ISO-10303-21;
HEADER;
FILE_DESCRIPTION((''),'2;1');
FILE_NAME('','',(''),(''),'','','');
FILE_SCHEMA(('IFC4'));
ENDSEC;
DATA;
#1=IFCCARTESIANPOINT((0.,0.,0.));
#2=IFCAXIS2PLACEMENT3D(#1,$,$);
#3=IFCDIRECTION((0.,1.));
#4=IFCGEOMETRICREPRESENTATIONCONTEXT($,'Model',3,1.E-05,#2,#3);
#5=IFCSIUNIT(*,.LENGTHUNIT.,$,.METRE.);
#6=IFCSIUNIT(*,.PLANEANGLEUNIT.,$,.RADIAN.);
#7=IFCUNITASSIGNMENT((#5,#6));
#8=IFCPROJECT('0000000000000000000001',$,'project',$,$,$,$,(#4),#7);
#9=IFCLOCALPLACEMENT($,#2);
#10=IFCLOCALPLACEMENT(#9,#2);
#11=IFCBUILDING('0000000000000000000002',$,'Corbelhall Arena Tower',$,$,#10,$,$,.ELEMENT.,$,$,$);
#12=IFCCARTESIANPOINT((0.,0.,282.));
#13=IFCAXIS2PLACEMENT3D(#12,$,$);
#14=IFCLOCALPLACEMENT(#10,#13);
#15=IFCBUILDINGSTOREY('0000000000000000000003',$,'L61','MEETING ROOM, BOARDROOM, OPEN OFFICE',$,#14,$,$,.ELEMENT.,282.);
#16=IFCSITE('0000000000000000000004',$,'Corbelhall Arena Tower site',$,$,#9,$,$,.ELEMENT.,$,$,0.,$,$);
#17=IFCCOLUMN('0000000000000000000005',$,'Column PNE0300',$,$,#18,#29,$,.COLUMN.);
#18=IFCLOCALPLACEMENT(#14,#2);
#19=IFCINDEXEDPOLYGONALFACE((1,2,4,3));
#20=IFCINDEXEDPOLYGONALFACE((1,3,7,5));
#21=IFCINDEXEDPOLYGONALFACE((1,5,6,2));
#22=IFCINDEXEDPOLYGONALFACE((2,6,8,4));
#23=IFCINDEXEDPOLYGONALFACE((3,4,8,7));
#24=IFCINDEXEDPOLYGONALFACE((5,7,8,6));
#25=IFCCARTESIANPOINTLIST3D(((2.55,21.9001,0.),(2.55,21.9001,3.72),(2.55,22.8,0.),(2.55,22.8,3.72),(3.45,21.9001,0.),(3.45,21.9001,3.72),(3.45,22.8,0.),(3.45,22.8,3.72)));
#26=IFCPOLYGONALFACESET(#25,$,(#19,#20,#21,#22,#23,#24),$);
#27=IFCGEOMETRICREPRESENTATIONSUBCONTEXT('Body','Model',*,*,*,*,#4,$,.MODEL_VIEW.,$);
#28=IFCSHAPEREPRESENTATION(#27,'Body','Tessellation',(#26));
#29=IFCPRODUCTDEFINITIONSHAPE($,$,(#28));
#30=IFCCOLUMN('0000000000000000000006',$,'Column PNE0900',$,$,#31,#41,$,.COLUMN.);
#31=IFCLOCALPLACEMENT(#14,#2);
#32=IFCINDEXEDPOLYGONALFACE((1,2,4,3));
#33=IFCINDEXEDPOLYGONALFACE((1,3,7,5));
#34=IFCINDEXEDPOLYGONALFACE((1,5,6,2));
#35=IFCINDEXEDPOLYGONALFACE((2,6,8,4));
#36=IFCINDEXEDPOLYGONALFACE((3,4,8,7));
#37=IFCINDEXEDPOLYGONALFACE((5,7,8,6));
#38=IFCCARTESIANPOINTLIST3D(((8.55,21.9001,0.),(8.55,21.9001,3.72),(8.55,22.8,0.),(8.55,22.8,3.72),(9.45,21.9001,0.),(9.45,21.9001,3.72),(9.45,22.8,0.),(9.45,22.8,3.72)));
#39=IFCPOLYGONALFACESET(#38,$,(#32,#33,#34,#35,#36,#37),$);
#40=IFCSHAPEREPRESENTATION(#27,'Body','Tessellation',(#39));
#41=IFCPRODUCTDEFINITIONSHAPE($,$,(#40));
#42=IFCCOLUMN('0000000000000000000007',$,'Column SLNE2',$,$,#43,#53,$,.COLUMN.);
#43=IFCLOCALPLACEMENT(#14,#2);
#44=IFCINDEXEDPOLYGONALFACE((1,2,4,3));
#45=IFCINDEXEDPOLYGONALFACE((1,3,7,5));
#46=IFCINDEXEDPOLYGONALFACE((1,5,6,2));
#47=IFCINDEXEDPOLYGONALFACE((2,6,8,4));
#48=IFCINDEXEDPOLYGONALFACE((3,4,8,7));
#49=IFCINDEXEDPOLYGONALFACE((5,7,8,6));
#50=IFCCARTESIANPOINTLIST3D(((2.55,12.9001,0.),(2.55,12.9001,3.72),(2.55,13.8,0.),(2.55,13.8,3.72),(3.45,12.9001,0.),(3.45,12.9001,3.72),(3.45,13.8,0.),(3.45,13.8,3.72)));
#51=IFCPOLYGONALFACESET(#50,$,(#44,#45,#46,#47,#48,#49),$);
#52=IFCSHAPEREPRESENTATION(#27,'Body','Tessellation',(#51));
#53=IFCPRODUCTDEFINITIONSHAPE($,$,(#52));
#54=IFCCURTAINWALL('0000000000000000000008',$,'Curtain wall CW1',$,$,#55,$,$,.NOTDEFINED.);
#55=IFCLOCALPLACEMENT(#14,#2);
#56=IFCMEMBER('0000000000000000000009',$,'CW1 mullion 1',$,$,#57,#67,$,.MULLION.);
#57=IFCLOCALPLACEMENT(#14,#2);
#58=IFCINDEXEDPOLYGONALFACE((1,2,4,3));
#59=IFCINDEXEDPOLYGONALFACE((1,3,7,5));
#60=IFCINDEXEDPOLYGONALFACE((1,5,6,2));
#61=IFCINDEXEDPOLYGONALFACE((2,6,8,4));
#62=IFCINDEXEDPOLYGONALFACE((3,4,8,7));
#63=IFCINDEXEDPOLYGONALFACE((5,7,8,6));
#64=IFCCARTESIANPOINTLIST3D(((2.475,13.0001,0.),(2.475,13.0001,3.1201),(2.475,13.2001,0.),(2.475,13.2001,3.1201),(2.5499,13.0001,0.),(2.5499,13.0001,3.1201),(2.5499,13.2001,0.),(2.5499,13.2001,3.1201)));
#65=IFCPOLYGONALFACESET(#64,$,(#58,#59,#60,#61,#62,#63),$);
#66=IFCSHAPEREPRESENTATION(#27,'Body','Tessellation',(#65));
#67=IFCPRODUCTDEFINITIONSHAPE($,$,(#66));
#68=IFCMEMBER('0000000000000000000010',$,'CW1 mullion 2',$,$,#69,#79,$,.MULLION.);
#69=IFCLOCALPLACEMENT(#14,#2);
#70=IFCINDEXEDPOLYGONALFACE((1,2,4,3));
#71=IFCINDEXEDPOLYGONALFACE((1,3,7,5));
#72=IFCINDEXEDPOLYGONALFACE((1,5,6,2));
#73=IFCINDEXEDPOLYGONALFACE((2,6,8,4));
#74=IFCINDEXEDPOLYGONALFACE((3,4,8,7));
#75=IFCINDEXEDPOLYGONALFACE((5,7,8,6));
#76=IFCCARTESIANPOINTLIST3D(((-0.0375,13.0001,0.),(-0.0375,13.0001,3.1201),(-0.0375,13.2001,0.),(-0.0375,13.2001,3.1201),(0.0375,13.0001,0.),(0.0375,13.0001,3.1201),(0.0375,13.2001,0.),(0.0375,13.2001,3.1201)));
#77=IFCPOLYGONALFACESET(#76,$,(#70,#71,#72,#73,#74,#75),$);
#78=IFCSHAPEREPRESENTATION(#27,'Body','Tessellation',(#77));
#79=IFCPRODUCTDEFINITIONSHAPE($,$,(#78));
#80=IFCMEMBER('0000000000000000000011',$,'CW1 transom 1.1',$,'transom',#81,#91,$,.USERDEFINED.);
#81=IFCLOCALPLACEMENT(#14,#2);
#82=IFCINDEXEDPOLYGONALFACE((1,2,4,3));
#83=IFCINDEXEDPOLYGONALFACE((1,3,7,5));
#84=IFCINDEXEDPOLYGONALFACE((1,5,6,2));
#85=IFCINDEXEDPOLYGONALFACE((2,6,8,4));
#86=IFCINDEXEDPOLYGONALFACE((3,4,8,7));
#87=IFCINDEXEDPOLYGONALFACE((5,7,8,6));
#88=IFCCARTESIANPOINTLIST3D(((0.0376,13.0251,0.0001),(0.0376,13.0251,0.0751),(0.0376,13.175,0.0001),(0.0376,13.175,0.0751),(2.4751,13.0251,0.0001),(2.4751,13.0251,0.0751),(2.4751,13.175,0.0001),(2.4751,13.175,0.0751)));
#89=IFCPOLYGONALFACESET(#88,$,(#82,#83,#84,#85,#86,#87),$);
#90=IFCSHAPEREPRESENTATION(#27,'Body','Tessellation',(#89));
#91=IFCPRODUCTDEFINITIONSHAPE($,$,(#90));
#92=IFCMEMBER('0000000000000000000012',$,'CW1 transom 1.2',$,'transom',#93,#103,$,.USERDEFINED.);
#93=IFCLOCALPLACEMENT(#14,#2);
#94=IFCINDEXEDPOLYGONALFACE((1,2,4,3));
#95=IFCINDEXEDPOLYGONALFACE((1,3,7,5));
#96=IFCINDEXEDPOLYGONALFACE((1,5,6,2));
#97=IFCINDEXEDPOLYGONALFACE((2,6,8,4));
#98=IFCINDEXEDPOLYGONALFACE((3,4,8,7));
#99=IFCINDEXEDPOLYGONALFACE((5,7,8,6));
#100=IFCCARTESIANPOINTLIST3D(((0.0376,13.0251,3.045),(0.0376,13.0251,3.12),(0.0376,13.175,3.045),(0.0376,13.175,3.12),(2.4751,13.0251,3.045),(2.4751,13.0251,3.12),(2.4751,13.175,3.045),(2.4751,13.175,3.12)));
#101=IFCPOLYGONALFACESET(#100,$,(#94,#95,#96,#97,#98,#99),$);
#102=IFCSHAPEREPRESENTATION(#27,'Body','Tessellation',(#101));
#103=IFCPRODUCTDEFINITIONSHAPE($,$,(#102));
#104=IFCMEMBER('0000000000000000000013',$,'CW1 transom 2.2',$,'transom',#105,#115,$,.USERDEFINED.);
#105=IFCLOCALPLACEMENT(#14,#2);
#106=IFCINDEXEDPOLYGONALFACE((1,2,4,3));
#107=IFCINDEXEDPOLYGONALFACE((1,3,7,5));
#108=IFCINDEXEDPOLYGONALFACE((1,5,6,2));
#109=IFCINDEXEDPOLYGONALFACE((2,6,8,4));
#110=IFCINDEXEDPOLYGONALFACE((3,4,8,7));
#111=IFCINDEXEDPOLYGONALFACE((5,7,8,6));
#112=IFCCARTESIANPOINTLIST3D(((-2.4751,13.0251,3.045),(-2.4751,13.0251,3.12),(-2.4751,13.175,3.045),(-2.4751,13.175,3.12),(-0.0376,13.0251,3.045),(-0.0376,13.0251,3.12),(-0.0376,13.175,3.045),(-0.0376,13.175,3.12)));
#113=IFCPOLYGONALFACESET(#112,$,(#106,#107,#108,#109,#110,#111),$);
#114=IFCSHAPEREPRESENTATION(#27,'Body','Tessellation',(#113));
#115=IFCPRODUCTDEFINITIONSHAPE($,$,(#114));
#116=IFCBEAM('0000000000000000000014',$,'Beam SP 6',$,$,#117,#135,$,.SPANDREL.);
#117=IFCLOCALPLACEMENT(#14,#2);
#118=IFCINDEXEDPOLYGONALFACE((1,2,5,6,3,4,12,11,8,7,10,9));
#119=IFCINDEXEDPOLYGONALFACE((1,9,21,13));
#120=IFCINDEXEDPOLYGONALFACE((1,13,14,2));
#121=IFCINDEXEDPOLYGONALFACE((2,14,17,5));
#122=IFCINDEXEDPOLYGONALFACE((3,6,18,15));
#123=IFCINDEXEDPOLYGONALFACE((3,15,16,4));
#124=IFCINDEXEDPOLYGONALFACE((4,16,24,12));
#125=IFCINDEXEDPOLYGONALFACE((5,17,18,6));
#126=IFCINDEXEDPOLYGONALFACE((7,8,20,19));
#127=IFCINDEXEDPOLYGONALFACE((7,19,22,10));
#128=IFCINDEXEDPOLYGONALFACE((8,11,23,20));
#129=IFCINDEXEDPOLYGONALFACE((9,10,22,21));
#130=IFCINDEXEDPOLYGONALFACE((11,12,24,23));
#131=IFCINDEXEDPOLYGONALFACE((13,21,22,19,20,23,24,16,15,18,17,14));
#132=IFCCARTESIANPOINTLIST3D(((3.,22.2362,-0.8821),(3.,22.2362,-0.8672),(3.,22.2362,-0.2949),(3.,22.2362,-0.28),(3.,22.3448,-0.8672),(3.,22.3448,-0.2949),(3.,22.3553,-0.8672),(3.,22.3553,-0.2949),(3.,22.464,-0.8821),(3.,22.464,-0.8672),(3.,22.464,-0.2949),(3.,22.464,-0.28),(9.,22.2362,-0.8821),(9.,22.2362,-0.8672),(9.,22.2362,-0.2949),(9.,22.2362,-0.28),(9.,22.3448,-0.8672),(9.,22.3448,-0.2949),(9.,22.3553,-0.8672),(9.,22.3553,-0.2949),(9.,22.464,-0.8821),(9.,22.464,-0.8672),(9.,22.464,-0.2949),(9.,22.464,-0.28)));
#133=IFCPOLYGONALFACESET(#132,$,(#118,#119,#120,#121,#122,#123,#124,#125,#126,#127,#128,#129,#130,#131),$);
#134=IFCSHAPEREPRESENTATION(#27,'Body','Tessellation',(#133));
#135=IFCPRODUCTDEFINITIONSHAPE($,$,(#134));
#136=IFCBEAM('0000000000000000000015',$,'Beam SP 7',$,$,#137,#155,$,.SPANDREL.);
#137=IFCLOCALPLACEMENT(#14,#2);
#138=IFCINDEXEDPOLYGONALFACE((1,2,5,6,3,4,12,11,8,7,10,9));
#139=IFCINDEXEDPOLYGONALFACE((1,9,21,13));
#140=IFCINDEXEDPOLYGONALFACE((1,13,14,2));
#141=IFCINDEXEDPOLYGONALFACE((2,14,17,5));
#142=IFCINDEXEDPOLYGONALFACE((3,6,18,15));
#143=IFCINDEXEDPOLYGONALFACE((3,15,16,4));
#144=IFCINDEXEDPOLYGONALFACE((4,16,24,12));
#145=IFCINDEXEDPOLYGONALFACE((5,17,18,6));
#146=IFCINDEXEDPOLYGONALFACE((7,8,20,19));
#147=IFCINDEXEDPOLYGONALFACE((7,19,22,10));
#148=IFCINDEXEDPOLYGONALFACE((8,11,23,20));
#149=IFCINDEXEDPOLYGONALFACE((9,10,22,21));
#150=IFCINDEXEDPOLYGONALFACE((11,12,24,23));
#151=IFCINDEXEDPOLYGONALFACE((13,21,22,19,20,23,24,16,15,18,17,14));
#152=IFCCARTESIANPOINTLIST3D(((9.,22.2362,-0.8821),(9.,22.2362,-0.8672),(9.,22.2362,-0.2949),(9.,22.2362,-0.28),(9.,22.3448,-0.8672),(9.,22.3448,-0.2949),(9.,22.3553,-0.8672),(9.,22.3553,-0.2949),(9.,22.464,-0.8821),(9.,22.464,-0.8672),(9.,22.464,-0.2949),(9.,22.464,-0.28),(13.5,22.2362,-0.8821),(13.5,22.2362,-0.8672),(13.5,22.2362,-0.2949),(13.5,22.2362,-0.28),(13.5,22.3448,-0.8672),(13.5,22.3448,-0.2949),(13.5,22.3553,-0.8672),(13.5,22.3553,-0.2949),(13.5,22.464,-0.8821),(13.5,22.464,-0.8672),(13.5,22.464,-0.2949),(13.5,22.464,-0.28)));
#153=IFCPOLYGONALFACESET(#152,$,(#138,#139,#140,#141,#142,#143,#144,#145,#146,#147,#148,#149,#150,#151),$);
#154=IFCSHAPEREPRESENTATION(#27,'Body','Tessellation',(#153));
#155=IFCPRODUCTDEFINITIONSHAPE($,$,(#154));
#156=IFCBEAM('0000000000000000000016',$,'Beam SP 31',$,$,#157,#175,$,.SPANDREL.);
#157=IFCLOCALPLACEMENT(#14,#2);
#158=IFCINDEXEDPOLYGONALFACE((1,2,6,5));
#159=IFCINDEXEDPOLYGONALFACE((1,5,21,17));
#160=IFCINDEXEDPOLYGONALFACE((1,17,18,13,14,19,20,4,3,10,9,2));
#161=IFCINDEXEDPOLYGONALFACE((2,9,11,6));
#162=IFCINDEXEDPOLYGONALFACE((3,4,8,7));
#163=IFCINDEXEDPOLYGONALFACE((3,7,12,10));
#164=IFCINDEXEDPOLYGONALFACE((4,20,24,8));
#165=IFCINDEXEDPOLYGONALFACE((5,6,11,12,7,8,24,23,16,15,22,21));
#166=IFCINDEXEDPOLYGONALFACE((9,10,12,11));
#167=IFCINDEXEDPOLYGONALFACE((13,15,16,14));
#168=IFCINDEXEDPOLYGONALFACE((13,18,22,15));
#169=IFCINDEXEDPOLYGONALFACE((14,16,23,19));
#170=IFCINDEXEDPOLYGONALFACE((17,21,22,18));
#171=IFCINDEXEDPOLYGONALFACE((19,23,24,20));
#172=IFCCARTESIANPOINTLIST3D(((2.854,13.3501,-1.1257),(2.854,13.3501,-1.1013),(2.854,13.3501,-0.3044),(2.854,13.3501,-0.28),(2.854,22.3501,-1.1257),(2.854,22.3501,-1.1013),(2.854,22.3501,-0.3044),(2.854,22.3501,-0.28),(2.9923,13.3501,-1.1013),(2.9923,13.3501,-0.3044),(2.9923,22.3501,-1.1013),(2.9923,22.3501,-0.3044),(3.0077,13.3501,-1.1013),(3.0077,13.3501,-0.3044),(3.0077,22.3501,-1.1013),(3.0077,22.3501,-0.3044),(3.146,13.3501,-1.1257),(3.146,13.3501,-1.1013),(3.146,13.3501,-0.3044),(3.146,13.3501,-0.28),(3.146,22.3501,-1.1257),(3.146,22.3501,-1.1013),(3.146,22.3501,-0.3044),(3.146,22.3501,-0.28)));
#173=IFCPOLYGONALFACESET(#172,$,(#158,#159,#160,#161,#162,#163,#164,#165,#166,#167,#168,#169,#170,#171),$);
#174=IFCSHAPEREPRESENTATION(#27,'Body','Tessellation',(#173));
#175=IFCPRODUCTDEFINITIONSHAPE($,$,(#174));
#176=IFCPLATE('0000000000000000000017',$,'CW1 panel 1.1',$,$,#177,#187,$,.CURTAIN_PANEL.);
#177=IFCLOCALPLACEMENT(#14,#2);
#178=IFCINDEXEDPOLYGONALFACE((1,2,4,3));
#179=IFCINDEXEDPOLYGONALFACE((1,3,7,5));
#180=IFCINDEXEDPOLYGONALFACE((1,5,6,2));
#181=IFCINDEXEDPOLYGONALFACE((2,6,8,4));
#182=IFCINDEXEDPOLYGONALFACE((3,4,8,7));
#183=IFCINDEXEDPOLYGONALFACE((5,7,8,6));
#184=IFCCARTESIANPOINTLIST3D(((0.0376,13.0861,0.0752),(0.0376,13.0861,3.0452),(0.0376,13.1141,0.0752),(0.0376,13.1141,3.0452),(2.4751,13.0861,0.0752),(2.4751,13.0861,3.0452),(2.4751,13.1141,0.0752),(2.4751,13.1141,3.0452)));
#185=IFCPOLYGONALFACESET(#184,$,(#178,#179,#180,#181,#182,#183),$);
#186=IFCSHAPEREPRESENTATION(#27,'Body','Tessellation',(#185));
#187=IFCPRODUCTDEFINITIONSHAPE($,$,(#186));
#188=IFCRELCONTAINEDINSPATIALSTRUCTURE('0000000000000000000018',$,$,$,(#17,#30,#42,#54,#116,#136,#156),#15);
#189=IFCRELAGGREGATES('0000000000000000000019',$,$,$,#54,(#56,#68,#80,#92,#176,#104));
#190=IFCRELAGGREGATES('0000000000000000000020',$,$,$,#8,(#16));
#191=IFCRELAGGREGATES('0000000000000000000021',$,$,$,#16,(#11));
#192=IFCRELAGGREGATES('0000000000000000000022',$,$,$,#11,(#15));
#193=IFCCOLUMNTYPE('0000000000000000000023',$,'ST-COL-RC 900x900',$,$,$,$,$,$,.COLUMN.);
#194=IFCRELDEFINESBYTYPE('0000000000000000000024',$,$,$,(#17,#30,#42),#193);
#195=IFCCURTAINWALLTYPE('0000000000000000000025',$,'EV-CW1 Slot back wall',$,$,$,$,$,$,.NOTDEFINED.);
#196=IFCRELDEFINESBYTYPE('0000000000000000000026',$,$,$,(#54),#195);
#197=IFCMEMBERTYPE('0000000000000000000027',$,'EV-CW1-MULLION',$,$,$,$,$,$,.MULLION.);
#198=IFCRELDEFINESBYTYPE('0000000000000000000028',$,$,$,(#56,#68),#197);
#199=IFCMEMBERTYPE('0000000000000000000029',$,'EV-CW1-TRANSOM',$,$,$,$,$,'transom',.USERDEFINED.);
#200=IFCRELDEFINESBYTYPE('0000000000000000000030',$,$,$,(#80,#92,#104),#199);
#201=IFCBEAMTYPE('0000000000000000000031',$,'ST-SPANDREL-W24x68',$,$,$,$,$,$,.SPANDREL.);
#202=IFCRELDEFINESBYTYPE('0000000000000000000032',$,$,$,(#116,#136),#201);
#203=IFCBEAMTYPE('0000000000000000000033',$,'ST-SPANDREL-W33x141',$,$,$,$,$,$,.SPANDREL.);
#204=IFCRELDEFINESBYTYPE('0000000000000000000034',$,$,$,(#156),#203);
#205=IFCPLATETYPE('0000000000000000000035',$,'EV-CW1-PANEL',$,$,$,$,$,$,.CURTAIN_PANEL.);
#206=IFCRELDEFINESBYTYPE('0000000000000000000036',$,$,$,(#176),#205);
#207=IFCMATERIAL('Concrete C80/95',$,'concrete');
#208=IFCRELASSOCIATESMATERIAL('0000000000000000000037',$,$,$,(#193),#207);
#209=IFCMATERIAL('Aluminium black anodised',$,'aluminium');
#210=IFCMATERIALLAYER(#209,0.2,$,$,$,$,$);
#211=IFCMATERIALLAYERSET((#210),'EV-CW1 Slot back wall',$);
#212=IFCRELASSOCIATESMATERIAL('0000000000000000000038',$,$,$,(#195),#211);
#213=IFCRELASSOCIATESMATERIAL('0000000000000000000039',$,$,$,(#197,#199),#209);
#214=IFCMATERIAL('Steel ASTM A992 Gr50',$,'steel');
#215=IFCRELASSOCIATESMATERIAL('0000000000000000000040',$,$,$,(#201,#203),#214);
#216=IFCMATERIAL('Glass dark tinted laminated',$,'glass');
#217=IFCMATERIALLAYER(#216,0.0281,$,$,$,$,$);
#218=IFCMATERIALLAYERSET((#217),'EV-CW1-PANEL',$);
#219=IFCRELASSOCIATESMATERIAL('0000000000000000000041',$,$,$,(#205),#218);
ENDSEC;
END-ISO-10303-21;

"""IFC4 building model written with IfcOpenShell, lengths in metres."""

from ifc_helpers import new_model, si_unit, direction, frame, origin, origin_2d, place, context, subcontext, project, spatial, rectangle, i_section, extrude, material, layer, layer_set, material_profile, profile_set, type_object, element, aggregate, save


model = new_model("IFC4")

# Units and contexts
model_context = context("Model", 3, precision=1e-05, world=origin(), true_north=direction((0.0, 1.0)))
body_context = subcontext(model_context, "Body", "Model", "MODEL_VIEW")
ifc_project = project(units=[si_unit("LENGTHUNIT", "METRE"), si_unit("PLANEANGLEUNIT", "RADIAN")], contexts=[model_context])

# Site, building, storey
site_placement = place(None, origin())
site = spatial("IfcSite", under=ifc_project, at=site_placement, Name="Corbelhall Arena Tower site", CompositionType="ELEMENT", RefElevation=0.0)
building_placement = place(site_placement, origin())
building = spatial("IfcBuilding", under=site, at=building_placement, Name="Corbelhall Arena Tower", CompositionType="ELEMENT")
storey_placement = place(building_placement, frame((0.0, 0.0, 282.0)))
storey = spatial("IfcBuildingStorey", under=building, at=storey_placement, Name="L61", Description="MEETING ROOM, BOARDROOM, OPEN OFFICE", CompositionType="ELEMENT", Elevation=282.0)

# Columns
ifc_material_1 = material(Name="Concrete C80/95", Category="concrete")
ifc_material_profile_1 = material_profile(ifc_material_1, rectangle(XDim=0.8999, YDim=0.8999, at=origin_2d()))
ifc_profile_set_1 = profile_set([ifc_material_profile_1], Name="Concrete C80/95")
column_type = type_object("IfcColumnType", Name="ST-COL-RC 900x900", PredefinedType="COLUMN", material=ifc_profile_set_1)
for number, where, z_axis, x_axis, name in (
    (1, (3.0, 22.3501, 0.0), (0.0, 0.0, 1.0), (1.0, 0.0, 0.0), "Column PNE0300"),
    (2, (9.0, 22.3501, 0.0), (0.0, 0.0, 1.0), (1.0, 0.0, 0.0), "Column PNE0900"),
    (3, (3.0, 13.3501, 0.0), (0.0, 0.0, 1.0), (1.0, 0.0, 0.0), "Column SLNE2"),
):
    element("IfcColumn", number, at=place(storey_placement, frame(where, z_axis=z_axis, x_axis=x_axis)), inside=storey, type_object=column_type, Name=name, PredefinedType="COLUMN", context=body_context, shape_type="SweptSolid", body=[
        extrude(rectangle(XDim=0.8999, YDim=0.8999, at=origin_2d()), origin(), (0.0, 0.0, 1.0), 3.72),
    ])

# Curtain wall, members
ifc_material_2 = material(Name="Aluminium black anodised", Category="aluminium")
ifc_layer_1 = layer(ifc_material_2, 0.2)
ifc_layer_set_1 = layer_set([ifc_layer_1], Name="EV-CW1 Slot back wall")
curtain_wall_type = type_object("IfcCurtainWallType", Name="EV-CW1 Slot back wall", PredefinedType="NOTDEFINED", material=ifc_layer_set_1)
curtain_wall_placement = place(storey_placement, origin())
curtain_wall = element("IfcCurtainWall", 4, at=curtain_wall_placement, inside=storey, type_object=curtain_wall_type, Name="Curtain wall CW1", PredefinedType="NOTDEFINED")
ifc_material_profile_2 = material_profile(ifc_material_2, rectangle(XDim=0.2, YDim=0.075, at=origin_2d()))
ifc_profile_set_2 = profile_set([ifc_material_profile_2], Name="Aluminium black anodised")
member_type_1 = type_object("IfcMemberType", Name="EV-CW1-MULLION", PredefinedType="MULLION", material=ifc_profile_set_2)
member_1_placement = place(storey_placement, frame((2.5125, 13.1001, 0.0), z_axis=(0.0, 0.0, 1.0), x_axis=(0.0, -1.0, 0.0)))
member_1 = element("IfcMember", 5, at=member_1_placement, type_object=member_type_1, Name="CW1 mullion 1", PredefinedType="MULLION", context=body_context, shape_type="SweptSolid", body=[
    extrude(rectangle(XDim=0.2, YDim=0.075, at=origin_2d()), origin(), (0.0, 0.0, 1.0), 3.1201),
])
member_2_placement = place(storey_placement, frame((0.0, 13.1001, 0.0), z_axis=(0.0, 0.0, 1.0), x_axis=(0.0, -1.0, 0.0)))
member_2 = element("IfcMember", 6, at=member_2_placement, type_object=member_type_1, Name="CW1 mullion 2", PredefinedType="MULLION", context=body_context, shape_type="SweptSolid", body=[
    extrude(rectangle(XDim=0.2, YDim=0.075, at=origin_2d()), origin(), (0.0, 0.0, 1.0), 3.1201),
])
ifc_material_profile_3 = material_profile(ifc_material_2, rectangle(XDim=0.1499, YDim=0.075, at=origin_2d()))
ifc_profile_set_3 = profile_set([ifc_material_profile_3], Name="Aluminium black anodised")
member_type_2 = type_object("IfcMemberType", Name="EV-CW1-TRANSOM", ElementType="transom", PredefinedType="USERDEFINED", material=ifc_profile_set_3)
member_3_placement = place(storey_placement, frame((2.4751, 13.1001, 0.0376), z_axis=(-1.0, 0.0, 0.0), x_axis=(0.0, -1.0, 0.0)))
member_3 = element("IfcMember", 7, at=member_3_placement, type_object=member_type_2, Name="CW1 transom 1.1", ObjectType="transom", PredefinedType="USERDEFINED", context=body_context, shape_type="SweptSolid", body=[
    extrude(rectangle(XDim=0.1499, YDim=0.075, at=origin_2d()), origin(), (0.0, 0.0, 1.0), 2.4375),
])
member_4_placement = place(storey_placement, frame((2.4751, 13.1001, 3.0825), z_axis=(-1.0, 0.0, 0.0), x_axis=(0.0, -1.0, 0.0)))
member_4 = element("IfcMember", 8, at=member_4_placement, type_object=member_type_2, Name="CW1 transom 1.2", ObjectType="transom", PredefinedType="USERDEFINED", context=body_context, shape_type="SweptSolid", body=[
    extrude(rectangle(XDim=0.1499, YDim=0.075, at=origin_2d()), origin(), (0.0, 0.0, 1.0), 2.4375),
])
member_5_placement = place(storey_placement, frame((-0.0376, 13.1001, 3.0825), z_axis=(-1.0, 0.0, 0.0), x_axis=(0.0, -1.0, 0.0)))
member_5 = element("IfcMember", 9, at=member_5_placement, type_object=member_type_2, Name="CW1 transom 2.2", ObjectType="transom", PredefinedType="USERDEFINED", context=body_context, shape_type="SweptSolid", body=[
    extrude(rectangle(XDim=0.1499, YDim=0.075, at=origin_2d()), origin(), (0.0, 0.0, 1.0), 2.4375),
])

# Beams
ifc_material_3 = material(Name="Steel ASTM A992 Gr50", Category="steel")
ifc_material_profile_4 = material_profile(ifc_material_3, i_section(OverallWidth=0.2278, OverallDepth=0.6021, WebThickness=0.0105, FlangeThickness=0.0149, at=origin_2d()))
ifc_profile_set_4 = profile_set([ifc_material_profile_4], Name="Steel ASTM A992 Gr50")
beam_type_1 = type_object("IfcBeamType", Name="ST-SPANDREL-W24x68", PredefinedType="SPANDREL", material=ifc_profile_set_4)
beam_1_placement = place(storey_placement, frame((3.0, 22.3501, -0.5811), z_axis=(1.0, 0.0, 0.0), x_axis=(0.0, 1.0, 0.0)))
element("IfcBeam", 10, at=beam_1_placement, inside=storey, type_object=beam_type_1, Name="Beam SP 6", PredefinedType="SPANDREL", context=body_context, shape_type="SweptSolid", body=[
    extrude(i_section(OverallWidth=0.2278, OverallDepth=0.6021, WebThickness=0.0105, FlangeThickness=0.0149, at=origin_2d()), origin(), (0.0, 0.0, 1.0), 6.0),
])
beam_2_placement = place(storey_placement, frame((9.0, 22.3501, -0.5811), z_axis=(1.0, 0.0, 0.0), x_axis=(0.0, 1.0, 0.0)))
element("IfcBeam", 11, at=beam_2_placement, inside=storey, type_object=beam_type_1, Name="Beam SP 7", PredefinedType="SPANDREL", context=body_context, shape_type="SweptSolid", body=[
    extrude(i_section(OverallWidth=0.2278, OverallDepth=0.6021, WebThickness=0.0105, FlangeThickness=0.0149, at=origin_2d()), origin(), (0.0, 0.0, 1.0), 4.5),
])
ifc_material_profile_5 = material_profile(ifc_material_3, i_section(OverallWidth=0.292, OverallDepth=0.8457, WebThickness=0.0154, FlangeThickness=0.0244, at=origin_2d()))
ifc_profile_set_5 = profile_set([ifc_material_profile_5], Name="Steel ASTM A992 Gr50")
beam_type_2 = type_object("IfcBeamType", Name="ST-SPANDREL-W33x141", PredefinedType="SPANDREL", material=ifc_profile_set_5)
beam_3_placement = place(storey_placement, frame((3.0, 13.3501, -0.7029), z_axis=(0.0, 1.0, 0.0), x_axis=(-1.0, 0.0, 0.0)))
element("IfcBeam", 12, at=beam_3_placement, inside=storey, type_object=beam_type_2, Name="Beam SP 31", PredefinedType="SPANDREL", context=body_context, shape_type="SweptSolid", body=[
    extrude(i_section(OverallWidth=0.292, OverallDepth=0.8457, WebThickness=0.0154, FlangeThickness=0.0244, at=origin_2d()), origin(), (0.0, 0.0, 1.0), 9.0),
])

# Plate
ifc_material_4 = material(Name="Glass dark tinted laminated", Category="glass")
ifc_layer_2 = layer(ifc_material_4, 0.0281)
ifc_layer_set_2 = layer_set([ifc_layer_2], Name="EV-CW1-PANEL")
plate_type = type_object("IfcPlateType", Name="EV-CW1-PANEL", PredefinedType="CURTAIN_PANEL", material=ifc_layer_set_2)
plate_placement = place(storey_placement, frame((1.2563, 13.1001, 0.0752), z_axis=(0.0, 0.0, 1.0), x_axis=(-1.0, 0.0, 0.0)))
plate = element("IfcPlate", 13, at=plate_placement, type_object=plate_type, Name="CW1 panel 1.1", PredefinedType="CURTAIN_PANEL", context=body_context, shape_type="SweptSolid", body=[
    extrude(rectangle(XDim=2.4375, YDim=0.0281, at=origin_2d()), origin(), (0.0, 0.0, 1.0), 2.97),
])
aggregate(curtain_wall, [member_1, member_2, member_3, member_4, plate, member_5])

save(model, "model.ifc")
